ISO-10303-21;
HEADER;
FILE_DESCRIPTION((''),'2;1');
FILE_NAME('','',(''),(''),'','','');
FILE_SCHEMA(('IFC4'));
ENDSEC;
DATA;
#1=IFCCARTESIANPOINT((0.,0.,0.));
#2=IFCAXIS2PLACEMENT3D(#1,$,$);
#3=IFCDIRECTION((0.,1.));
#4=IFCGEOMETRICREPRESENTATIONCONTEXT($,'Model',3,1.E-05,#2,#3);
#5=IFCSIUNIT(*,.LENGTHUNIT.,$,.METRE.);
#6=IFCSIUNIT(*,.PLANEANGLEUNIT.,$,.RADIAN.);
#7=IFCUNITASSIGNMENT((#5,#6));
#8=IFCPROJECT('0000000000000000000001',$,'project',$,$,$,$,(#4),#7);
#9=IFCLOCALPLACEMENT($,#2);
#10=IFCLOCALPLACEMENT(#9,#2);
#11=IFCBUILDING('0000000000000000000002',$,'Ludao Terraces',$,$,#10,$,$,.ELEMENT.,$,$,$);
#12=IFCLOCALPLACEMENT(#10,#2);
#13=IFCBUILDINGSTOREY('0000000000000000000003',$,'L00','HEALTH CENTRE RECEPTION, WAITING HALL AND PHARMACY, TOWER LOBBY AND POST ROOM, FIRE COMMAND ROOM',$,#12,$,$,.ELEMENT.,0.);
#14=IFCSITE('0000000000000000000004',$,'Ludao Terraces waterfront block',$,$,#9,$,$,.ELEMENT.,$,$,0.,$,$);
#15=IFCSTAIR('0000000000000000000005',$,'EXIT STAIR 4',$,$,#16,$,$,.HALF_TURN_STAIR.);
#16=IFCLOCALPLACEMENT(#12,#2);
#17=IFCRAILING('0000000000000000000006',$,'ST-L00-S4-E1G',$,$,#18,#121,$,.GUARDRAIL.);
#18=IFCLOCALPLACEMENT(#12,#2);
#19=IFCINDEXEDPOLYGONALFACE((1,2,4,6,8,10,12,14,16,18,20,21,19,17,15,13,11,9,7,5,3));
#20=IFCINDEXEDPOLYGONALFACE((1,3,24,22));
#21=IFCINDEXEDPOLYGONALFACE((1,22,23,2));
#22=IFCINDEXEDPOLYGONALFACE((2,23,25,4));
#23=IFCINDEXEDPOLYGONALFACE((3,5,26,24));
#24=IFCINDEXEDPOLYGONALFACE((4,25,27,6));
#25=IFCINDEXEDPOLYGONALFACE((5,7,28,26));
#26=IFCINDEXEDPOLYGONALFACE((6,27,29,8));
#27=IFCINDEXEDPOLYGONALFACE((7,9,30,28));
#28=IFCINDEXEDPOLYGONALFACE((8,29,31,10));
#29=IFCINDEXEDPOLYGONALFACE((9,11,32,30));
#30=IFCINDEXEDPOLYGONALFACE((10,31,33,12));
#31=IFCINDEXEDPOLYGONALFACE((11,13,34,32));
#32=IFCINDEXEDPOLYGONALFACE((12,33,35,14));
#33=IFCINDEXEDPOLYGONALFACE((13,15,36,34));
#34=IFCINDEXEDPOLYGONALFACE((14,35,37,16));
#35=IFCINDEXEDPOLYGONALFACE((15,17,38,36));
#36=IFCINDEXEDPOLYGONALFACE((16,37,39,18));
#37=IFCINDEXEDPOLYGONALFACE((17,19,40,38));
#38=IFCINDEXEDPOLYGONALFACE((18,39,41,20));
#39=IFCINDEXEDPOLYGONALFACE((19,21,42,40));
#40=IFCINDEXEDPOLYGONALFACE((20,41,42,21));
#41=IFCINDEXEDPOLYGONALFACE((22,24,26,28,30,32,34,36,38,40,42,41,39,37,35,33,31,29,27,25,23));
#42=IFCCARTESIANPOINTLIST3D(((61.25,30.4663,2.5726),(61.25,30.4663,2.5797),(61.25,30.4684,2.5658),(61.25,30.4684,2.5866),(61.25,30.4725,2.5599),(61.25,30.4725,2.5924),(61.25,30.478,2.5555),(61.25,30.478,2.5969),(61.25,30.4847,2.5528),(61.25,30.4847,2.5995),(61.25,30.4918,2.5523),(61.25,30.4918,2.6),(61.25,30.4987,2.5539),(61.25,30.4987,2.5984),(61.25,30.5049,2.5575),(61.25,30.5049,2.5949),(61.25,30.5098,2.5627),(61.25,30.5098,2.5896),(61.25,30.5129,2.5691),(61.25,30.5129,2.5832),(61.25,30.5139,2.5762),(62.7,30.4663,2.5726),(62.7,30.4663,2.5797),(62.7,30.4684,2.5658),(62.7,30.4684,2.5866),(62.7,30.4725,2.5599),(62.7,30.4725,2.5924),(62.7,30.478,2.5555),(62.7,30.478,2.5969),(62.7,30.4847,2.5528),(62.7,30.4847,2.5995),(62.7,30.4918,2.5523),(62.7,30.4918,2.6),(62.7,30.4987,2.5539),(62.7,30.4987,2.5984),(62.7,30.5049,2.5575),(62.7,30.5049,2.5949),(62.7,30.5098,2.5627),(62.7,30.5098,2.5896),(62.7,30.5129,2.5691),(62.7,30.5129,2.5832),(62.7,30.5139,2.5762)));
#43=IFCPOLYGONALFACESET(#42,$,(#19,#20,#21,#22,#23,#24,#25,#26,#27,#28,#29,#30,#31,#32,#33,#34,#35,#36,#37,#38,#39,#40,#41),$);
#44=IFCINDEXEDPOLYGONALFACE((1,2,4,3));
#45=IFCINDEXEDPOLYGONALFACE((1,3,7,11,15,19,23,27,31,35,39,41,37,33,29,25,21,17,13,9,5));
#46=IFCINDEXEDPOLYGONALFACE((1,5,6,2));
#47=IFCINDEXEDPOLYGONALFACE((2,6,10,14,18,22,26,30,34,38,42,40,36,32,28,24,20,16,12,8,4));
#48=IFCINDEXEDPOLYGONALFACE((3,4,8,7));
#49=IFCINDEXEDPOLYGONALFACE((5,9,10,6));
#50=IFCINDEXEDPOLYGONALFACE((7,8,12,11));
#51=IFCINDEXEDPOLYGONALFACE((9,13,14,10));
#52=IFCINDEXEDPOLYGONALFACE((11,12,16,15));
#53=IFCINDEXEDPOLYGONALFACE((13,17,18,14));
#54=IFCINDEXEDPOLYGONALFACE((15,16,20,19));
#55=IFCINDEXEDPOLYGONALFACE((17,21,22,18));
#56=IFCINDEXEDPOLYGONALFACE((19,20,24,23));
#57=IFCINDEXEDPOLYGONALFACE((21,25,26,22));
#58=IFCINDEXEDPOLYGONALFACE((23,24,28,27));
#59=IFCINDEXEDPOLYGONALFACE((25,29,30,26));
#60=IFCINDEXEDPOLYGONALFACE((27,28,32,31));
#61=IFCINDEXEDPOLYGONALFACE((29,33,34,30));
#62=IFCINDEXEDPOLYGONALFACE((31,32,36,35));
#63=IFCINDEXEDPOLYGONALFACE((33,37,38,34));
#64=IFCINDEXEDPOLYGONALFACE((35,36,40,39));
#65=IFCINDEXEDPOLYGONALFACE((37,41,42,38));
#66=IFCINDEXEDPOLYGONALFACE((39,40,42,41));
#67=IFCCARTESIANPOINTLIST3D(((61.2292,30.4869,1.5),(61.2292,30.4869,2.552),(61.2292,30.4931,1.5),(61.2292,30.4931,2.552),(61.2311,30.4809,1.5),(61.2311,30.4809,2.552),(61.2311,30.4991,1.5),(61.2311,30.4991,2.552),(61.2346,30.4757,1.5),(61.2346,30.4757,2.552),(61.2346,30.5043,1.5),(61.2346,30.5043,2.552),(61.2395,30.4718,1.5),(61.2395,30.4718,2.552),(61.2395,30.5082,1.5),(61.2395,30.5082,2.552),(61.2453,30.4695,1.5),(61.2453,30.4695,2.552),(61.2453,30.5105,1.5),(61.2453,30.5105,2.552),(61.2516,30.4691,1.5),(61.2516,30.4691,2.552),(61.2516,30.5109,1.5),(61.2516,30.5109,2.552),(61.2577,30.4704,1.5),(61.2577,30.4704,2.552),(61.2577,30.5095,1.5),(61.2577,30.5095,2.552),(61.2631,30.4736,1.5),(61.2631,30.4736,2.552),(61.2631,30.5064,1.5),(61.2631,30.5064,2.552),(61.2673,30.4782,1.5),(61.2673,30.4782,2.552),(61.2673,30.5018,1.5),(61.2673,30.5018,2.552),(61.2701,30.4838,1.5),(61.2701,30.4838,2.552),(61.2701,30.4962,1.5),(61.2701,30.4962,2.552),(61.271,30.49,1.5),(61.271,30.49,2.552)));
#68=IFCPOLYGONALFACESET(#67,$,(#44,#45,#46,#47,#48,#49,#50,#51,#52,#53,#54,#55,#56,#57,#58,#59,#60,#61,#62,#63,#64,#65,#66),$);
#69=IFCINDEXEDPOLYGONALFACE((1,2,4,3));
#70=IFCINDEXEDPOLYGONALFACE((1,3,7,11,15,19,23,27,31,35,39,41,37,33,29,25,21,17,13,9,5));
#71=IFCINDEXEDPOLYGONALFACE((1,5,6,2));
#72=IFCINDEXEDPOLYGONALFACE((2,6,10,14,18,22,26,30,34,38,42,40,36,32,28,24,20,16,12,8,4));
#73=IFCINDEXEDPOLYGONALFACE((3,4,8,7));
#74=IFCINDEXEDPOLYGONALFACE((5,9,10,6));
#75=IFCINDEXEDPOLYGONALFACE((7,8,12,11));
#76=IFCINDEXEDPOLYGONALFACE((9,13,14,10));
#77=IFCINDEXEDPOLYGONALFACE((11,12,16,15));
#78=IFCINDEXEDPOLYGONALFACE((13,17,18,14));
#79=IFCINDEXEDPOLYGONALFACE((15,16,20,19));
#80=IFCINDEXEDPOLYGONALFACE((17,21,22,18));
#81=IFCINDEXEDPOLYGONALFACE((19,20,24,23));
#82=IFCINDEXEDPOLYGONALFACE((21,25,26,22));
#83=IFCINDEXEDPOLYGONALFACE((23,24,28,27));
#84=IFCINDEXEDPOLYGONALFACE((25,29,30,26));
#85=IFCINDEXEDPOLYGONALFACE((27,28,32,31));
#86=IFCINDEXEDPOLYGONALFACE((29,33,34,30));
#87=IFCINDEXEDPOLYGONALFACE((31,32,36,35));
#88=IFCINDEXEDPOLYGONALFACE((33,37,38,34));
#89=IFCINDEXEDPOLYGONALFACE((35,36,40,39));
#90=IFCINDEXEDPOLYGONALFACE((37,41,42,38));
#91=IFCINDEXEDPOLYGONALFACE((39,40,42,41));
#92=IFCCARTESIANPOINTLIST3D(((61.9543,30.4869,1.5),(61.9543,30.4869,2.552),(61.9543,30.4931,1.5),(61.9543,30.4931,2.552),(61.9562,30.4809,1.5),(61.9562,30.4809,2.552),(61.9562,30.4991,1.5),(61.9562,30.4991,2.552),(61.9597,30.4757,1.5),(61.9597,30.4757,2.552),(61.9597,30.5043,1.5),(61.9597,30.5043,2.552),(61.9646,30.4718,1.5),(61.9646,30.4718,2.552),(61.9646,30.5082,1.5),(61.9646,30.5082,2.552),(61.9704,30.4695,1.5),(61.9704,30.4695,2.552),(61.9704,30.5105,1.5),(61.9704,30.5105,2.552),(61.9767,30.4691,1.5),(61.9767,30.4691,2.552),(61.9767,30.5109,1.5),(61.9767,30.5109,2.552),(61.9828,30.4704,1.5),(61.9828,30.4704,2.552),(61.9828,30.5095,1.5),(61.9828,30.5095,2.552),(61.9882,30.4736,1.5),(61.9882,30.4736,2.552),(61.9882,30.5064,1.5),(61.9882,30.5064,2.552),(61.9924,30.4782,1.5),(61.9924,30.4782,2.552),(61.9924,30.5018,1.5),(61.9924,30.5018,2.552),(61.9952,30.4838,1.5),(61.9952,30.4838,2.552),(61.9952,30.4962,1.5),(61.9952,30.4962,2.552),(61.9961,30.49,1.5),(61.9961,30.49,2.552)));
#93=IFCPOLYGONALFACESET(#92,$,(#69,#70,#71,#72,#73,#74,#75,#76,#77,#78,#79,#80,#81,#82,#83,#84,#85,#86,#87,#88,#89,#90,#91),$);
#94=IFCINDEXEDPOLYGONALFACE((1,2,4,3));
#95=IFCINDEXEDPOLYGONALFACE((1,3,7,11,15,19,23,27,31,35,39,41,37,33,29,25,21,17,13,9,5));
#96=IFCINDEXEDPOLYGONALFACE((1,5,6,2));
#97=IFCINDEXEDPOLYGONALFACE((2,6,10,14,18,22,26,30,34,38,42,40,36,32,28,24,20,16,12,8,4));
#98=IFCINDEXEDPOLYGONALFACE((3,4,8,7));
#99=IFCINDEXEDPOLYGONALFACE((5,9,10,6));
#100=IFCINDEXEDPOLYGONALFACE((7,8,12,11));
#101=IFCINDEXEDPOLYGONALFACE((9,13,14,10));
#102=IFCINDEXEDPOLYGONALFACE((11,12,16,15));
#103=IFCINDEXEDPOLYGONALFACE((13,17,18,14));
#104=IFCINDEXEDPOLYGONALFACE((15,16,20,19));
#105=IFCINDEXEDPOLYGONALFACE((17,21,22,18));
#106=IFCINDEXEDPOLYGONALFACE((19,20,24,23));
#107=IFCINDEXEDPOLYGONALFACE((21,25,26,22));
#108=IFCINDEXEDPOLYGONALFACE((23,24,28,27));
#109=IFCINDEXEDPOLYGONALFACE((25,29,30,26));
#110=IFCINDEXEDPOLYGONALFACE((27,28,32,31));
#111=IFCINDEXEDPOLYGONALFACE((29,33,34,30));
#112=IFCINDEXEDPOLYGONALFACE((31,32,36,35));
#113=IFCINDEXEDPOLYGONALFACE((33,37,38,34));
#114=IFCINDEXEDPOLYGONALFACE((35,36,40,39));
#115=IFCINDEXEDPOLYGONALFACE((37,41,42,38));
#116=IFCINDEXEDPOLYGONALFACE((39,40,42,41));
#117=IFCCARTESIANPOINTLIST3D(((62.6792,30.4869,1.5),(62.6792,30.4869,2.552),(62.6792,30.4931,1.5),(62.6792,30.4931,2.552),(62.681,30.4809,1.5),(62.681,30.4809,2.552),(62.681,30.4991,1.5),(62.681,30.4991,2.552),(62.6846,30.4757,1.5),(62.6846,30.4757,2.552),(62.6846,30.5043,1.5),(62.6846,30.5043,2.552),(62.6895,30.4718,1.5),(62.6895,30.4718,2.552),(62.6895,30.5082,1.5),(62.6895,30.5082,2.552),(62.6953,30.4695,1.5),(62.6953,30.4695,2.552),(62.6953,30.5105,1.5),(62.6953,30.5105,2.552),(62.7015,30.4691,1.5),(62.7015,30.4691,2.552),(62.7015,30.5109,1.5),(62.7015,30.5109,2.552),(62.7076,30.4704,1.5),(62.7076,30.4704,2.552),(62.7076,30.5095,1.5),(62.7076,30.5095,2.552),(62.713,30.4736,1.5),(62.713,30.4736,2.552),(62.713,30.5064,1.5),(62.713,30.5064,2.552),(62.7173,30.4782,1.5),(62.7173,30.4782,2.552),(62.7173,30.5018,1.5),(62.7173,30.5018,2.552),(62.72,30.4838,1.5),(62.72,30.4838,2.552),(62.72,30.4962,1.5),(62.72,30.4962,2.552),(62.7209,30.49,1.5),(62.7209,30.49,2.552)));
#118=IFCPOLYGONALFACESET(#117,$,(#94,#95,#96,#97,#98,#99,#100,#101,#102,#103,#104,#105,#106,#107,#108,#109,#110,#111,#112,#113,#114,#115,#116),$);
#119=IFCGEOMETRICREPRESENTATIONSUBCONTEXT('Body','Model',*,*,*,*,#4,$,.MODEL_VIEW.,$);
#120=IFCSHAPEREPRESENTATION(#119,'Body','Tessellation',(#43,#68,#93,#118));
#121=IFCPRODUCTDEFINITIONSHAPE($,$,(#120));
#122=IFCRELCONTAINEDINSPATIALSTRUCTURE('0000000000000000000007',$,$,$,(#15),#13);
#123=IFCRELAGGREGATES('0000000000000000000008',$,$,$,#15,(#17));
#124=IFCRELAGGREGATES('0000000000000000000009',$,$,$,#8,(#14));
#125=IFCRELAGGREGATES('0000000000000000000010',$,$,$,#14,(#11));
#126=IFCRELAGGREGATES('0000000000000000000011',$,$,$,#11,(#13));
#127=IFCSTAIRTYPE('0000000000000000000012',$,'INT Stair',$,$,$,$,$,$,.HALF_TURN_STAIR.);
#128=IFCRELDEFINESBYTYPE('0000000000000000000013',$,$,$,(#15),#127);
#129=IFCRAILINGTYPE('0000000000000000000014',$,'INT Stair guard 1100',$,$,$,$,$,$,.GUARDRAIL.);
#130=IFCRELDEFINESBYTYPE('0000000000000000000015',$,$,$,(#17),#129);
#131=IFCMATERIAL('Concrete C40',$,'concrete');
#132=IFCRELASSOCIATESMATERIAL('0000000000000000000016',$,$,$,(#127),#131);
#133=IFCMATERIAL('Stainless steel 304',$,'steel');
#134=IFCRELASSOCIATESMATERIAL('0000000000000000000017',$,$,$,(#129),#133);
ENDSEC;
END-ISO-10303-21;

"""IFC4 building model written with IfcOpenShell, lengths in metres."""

from ifc_helpers import new_model, si_unit, direction, frame, origin, origin_2d, place, context, subcontext, project, spatial, circle, extrude, material, type_object, element, aggregate, save


model = new_model("IFC4")

# Units and contexts
model_context = context("Model", 3, precision=1e-05, world=origin(), true_north=direction((0.0, 1.0)))
body_context = subcontext(model_context, "Body", "Model", "MODEL_VIEW")
ifc_project = project(units=[si_unit("LENGTHUNIT", "METRE"), si_unit("PLANEANGLEUNIT", "RADIAN")], contexts=[model_context])

# Site, building, storey
site_placement = place(None, origin())
site = spatial("IfcSite", under=ifc_project, at=site_placement, Name="Ludao Terraces waterfront block", CompositionType="ELEMENT", RefElevation=0.0)
building_placement = place(site_placement, origin())
building = spatial("IfcBuilding", under=site, at=building_placement, Name="Ludao Terraces", CompositionType="ELEMENT")
storey_placement = place(building_placement, origin())
storey = spatial("IfcBuildingStorey", under=building, at=storey_placement, Name="L00", Description="HEALTH CENTRE RECEPTION, WAITING HALL AND PHARMACY, TOWER LOBBY AND POST ROOM, FIRE COMMAND ROOM", CompositionType="ELEMENT", Elevation=0.0)

# Shared definitions
ifc_material_1 = material(Name="Concrete C40", Category="concrete")

# Stair, railing
stair_type = type_object("IfcStairType", Name="INT Stair", PredefinedType="HALF_TURN_STAIR", material=ifc_material_1)
stair_placement = place(storey_placement, origin())
stair = element("IfcStair", 1, at=stair_placement, inside=storey, type_object=stair_type, Name="EXIT STAIR 4", PredefinedType="HALF_TURN_STAIR")
ifc_material_2 = material(Name="Stainless steel 304", Category="steel")
railing_type_1 = type_object("IfcRailingType", Name="INT Stair guard 1100", PredefinedType="GUARDRAIL", material=ifc_material_2)
railing_1_placement = place(storey_placement, frame((61.25, 30.49, 1.5)))
railing_1 = element("IfcRailing", 2, at=railing_1_placement, type_object=railing_type_1, Name="ST-L00-S4-E1G", PredefinedType="GUARDRAIL", context=body_context, shape_type="SweptSolid", body=[
    extrude(circle(Radius=0.0239, at=origin_2d()), frame((0.0, 0.0, 1.0762), z_axis=(1.0, 0.0, 0.0), x_axis=(0.0, 1.0, 0.0)), (0.0, 0.0, 1.0), 1.45),
    extrude(circle(Radius=0.021, at=origin_2d()), origin(), (0.0, 0.0, 1.0), 1.052),
    extrude(circle(Radius=0.021, at=origin_2d()), frame((0.7251, 0.0, 0.0)), (0.0, 0.0, 1.0), 1.052),
    extrude(circle(Radius=0.021, at=origin_2d()), frame((1.45, 0.0, 0.0)), (0.0, 0.0, 1.0), 1.052),
])
aggregate(stair, [railing_1])

save(model, "model.ifc")
